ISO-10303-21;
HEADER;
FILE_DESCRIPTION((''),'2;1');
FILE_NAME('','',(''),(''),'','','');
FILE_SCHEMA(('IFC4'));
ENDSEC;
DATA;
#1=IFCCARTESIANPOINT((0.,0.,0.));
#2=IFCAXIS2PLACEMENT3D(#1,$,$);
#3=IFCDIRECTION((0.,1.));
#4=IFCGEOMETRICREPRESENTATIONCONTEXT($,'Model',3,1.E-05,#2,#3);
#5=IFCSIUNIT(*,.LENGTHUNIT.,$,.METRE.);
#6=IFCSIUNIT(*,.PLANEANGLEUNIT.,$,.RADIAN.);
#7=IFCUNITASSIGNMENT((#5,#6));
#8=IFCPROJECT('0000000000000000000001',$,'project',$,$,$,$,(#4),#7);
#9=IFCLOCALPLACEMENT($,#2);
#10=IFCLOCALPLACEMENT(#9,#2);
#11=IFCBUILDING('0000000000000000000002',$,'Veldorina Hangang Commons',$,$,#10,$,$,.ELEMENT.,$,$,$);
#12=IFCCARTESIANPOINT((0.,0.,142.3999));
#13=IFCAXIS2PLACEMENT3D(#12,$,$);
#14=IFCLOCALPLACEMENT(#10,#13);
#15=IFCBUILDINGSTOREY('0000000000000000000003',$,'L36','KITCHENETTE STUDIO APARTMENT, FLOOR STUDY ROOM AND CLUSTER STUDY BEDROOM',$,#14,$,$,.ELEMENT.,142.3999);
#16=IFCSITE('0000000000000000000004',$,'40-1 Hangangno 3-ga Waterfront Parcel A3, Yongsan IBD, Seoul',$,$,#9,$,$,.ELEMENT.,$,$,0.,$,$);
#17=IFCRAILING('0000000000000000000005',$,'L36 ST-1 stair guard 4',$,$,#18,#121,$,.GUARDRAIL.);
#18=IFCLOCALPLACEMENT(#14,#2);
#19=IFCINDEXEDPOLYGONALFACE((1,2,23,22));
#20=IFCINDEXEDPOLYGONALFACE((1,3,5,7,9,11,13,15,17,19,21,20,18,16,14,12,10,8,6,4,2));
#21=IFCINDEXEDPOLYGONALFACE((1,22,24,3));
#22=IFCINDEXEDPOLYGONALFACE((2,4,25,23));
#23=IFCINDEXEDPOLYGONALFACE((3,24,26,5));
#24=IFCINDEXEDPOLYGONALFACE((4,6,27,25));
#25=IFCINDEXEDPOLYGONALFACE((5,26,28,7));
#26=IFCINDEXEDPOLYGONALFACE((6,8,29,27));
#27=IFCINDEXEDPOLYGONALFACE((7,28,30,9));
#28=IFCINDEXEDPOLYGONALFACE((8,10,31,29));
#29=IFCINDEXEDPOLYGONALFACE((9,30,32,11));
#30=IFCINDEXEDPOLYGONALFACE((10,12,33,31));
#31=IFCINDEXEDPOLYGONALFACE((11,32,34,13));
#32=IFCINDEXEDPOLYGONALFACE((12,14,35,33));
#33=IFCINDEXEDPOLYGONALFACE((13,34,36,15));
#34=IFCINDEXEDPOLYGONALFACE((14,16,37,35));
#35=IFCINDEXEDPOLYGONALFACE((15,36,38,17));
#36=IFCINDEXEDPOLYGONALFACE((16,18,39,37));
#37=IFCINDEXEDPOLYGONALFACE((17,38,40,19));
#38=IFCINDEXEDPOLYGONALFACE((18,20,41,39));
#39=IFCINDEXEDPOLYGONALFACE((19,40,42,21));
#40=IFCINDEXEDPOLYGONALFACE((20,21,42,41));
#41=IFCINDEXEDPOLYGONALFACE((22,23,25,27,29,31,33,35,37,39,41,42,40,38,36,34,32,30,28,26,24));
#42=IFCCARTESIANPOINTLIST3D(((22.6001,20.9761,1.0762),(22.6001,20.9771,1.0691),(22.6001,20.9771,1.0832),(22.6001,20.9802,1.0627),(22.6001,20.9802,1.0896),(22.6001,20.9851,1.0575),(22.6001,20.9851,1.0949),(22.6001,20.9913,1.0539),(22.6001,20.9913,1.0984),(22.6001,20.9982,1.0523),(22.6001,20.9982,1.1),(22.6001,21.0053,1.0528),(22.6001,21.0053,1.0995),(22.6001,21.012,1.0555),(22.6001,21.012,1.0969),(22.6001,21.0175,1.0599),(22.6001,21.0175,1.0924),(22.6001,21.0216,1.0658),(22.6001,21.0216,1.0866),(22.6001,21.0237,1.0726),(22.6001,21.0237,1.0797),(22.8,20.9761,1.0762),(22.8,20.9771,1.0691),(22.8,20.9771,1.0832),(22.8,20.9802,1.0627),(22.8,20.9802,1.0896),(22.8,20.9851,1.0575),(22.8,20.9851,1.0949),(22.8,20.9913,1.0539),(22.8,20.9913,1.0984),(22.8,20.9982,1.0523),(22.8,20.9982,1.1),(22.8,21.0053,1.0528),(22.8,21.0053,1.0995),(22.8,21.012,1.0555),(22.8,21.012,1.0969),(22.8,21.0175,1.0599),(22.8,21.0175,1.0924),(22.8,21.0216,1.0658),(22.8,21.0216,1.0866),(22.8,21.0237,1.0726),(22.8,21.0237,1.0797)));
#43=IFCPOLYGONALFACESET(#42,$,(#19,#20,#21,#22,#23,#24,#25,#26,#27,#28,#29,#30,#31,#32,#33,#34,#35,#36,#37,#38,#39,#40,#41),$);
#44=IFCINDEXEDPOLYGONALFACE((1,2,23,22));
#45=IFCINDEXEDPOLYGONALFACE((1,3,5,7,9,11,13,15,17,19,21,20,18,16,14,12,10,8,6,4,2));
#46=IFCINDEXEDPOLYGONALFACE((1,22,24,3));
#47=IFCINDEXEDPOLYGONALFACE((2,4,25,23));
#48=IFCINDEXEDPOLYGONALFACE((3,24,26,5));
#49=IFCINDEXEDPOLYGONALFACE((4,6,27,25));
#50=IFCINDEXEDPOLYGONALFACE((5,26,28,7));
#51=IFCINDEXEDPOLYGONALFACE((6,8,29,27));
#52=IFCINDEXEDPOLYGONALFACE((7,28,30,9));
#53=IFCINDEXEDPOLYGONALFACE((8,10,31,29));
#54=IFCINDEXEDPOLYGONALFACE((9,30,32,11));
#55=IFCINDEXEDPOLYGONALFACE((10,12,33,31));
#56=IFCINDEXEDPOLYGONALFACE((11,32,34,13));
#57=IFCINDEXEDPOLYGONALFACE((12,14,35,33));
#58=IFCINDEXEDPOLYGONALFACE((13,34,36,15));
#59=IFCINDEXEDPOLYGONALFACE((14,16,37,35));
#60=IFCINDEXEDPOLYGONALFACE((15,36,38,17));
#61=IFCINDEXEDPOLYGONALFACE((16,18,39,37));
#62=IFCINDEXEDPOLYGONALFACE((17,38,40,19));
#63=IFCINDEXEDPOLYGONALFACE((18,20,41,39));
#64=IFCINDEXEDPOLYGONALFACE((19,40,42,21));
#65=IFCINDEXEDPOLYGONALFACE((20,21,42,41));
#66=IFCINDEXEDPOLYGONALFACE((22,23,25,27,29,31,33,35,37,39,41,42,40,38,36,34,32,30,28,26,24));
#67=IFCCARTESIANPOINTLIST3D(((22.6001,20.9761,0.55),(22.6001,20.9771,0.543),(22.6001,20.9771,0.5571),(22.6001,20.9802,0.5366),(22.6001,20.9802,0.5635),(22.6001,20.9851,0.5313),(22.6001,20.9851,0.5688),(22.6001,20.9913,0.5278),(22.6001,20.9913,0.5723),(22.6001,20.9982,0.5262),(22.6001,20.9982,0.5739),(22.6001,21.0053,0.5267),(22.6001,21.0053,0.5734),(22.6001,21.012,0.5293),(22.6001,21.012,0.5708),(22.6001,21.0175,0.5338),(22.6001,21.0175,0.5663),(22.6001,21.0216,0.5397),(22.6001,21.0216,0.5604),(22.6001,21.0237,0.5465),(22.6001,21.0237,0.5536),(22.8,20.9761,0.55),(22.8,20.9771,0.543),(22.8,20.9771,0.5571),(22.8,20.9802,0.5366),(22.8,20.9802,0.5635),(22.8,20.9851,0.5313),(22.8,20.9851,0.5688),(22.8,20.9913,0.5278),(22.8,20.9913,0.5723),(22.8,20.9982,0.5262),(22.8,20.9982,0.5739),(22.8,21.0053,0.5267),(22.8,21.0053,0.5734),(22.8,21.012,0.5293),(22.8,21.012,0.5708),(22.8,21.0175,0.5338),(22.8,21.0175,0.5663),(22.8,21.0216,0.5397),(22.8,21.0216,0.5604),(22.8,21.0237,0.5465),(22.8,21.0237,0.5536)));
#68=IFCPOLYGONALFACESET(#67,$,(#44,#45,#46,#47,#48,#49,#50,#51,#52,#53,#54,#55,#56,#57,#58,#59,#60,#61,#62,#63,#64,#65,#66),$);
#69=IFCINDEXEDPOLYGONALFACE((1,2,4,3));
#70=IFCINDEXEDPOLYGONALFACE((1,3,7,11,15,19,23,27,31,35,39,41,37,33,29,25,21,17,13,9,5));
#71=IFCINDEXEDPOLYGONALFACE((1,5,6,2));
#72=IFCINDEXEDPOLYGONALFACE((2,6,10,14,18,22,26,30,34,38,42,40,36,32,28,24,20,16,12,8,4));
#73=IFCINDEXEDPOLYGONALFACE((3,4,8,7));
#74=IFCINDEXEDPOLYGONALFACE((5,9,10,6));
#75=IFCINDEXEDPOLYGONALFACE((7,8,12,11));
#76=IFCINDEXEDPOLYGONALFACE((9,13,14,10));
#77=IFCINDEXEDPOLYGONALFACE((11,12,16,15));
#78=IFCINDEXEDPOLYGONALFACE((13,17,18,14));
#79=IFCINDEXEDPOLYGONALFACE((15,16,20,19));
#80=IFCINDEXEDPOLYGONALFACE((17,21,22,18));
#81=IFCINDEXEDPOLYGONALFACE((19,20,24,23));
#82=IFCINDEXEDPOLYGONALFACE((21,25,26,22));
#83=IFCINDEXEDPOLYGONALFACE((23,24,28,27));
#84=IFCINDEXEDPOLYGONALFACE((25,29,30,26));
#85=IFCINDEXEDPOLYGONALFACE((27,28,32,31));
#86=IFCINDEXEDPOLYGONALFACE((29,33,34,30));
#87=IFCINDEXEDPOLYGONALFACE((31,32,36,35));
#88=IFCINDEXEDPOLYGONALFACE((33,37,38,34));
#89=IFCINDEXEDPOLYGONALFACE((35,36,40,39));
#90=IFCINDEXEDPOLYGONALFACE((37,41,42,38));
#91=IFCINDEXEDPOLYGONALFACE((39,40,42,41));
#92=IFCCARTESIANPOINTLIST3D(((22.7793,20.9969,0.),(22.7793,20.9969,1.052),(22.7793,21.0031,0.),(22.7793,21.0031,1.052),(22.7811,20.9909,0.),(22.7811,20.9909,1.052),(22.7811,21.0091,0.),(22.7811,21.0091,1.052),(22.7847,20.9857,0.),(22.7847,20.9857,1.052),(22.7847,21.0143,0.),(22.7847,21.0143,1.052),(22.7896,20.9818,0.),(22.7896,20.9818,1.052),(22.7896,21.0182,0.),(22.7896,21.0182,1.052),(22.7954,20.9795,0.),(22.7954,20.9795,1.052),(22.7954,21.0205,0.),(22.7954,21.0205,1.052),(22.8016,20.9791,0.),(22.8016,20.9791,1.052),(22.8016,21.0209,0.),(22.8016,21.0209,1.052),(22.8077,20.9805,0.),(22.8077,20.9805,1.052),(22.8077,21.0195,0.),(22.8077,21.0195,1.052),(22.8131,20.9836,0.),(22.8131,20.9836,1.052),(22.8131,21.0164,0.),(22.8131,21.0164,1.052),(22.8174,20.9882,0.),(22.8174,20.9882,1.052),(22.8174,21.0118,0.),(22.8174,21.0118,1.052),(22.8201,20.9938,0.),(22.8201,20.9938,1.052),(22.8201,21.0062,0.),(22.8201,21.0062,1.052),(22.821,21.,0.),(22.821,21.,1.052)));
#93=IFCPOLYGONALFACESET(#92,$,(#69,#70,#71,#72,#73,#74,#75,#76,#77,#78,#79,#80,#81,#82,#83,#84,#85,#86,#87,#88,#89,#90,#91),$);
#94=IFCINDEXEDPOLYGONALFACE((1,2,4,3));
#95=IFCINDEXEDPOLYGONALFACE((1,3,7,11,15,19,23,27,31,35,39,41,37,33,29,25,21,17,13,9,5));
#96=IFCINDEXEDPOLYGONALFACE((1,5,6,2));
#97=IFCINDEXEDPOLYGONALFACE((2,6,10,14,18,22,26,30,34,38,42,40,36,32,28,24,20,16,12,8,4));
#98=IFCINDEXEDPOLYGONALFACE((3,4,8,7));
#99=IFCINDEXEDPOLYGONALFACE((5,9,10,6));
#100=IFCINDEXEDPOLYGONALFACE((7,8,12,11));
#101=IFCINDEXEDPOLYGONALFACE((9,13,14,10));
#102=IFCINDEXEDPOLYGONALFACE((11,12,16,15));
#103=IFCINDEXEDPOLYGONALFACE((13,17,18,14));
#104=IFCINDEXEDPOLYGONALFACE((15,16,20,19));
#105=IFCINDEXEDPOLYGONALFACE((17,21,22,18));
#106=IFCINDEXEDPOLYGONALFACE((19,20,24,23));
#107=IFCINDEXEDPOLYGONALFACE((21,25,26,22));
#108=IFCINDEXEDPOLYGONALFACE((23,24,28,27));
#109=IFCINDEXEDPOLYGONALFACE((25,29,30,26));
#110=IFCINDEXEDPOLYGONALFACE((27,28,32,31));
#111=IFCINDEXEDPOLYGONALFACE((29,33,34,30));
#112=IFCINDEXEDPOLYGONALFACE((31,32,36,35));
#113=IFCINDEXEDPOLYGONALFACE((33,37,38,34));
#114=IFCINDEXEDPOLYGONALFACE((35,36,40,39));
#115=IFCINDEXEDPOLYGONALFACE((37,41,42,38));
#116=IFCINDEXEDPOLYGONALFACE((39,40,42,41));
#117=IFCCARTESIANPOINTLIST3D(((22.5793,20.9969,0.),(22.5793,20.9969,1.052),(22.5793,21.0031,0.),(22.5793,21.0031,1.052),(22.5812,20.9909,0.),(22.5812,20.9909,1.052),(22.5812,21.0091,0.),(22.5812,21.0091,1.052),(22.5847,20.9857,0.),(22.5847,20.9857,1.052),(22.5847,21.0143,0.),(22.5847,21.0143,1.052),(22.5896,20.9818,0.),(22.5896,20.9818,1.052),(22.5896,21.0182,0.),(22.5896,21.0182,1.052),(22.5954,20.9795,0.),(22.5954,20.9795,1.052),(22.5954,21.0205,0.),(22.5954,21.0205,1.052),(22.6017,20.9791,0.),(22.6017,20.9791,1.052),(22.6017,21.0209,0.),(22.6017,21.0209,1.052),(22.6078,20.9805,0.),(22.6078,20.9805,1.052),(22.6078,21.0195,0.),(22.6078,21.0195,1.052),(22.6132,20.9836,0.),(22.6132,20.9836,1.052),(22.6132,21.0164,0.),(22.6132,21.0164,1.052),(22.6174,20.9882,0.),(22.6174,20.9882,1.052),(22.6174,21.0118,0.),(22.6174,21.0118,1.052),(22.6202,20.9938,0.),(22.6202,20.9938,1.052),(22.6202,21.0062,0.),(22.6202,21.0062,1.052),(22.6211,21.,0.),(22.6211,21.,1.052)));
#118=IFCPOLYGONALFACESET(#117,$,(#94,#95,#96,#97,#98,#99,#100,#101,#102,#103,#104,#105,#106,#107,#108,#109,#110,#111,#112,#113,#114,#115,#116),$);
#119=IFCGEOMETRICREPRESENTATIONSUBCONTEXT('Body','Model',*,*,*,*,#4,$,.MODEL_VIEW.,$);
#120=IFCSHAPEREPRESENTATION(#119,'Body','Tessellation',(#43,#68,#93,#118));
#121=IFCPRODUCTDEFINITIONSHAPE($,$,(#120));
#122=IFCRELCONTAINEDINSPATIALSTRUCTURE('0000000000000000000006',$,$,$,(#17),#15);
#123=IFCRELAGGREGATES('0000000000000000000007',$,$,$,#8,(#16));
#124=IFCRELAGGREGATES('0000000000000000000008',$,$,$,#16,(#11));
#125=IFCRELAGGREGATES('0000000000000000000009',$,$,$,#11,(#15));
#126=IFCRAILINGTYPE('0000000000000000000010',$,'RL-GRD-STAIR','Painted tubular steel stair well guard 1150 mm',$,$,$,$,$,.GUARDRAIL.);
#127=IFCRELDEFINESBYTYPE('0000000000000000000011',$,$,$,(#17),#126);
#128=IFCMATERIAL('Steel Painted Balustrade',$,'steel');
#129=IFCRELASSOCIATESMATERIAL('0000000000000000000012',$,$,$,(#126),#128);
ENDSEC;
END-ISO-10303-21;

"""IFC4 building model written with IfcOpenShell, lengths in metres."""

from ifc_helpers import new_model, si_unit, direction, frame, origin, origin_2d, place, context, subcontext, project, spatial, circle, extrude, material, type_object, element, save


model = new_model("IFC4")

# Units and contexts
model_context = context("Model", 3, precision=1e-05, world=origin(), true_north=direction((0.0, 1.0)))
body_context = subcontext(model_context, "Body", "Model", "MODEL_VIEW")
ifc_project = project(units=[si_unit("LENGTHUNIT", "METRE"), si_unit("PLANEANGLEUNIT", "RADIAN")], contexts=[model_context])

# Site, building, storey
site_placement = place(None, origin())
site = spatial("IfcSite", under=ifc_project, at=site_placement, Name="40-1 Hangangno 3-ga Waterfront Parcel A3, Yongsan IBD, Seoul", CompositionType="ELEMENT", RefElevation=0.0)
building_placement = place(site_placement, origin())
building = spatial("IfcBuilding", under=site, at=building_placement, Name="Veldorina Hangang Commons", CompositionType="ELEMENT")
storey_placement = place(building_placement, frame((0.0, 0.0, 142.3999)))
storey = spatial("IfcBuildingStorey", under=building, at=storey_placement, Name="L36", Description="KITCHENETTE STUDIO APARTMENT, FLOOR STUDY ROOM AND CLUSTER STUDY BEDROOM", CompositionType="ELEMENT", Elevation=142.3999)

# Railing
ifc_material_1 = material(Name="Steel Painted Balustrade", Category="steel")
railing_type_1 = type_object("IfcRailingType", Name="RL-GRD-STAIR", Description="Painted tubular steel stair well guard 1150 mm", PredefinedType="GUARDRAIL", material=ifc_material_1)
railing_1_placement = place(storey_placement, frame((22.8, 21.0, 0.0)))
element("IfcRailing", 1, at=railing_1_placement, inside=storey, type_object=railing_type_1, Name="L36 ST-1 stair guard 4", PredefinedType="GUARDRAIL", context=body_context, shape_type="SweptSolid", body=[
    extrude(circle(Radius=0.0239, at=origin_2d()), frame((0.0, 0.0, 1.0762), z_axis=(-1.0, 0.0, 0.0), x_axis=(0.0, -1.0, 0.0)), (0.0, 0.0, 1.0), 0.2),
    extrude(circle(Radius=0.0239, at=origin_2d()), frame((0.0, 0.0, 0.55), z_axis=(-1.0, 0.0, 0.0), x_axis=(0.0, -1.0, 0.0)), (0.0, 0.0, 1.0), 0.2),
    extrude(circle(Radius=0.021, at=origin_2d()), origin(), (0.0, 0.0, 1.0), 1.052),
    extrude(circle(Radius=0.021, at=origin_2d()), frame((-0.2, 0.0, 0.0)), (0.0, 0.0, 1.0), 1.052),
])

save(model, "model.ifc")
